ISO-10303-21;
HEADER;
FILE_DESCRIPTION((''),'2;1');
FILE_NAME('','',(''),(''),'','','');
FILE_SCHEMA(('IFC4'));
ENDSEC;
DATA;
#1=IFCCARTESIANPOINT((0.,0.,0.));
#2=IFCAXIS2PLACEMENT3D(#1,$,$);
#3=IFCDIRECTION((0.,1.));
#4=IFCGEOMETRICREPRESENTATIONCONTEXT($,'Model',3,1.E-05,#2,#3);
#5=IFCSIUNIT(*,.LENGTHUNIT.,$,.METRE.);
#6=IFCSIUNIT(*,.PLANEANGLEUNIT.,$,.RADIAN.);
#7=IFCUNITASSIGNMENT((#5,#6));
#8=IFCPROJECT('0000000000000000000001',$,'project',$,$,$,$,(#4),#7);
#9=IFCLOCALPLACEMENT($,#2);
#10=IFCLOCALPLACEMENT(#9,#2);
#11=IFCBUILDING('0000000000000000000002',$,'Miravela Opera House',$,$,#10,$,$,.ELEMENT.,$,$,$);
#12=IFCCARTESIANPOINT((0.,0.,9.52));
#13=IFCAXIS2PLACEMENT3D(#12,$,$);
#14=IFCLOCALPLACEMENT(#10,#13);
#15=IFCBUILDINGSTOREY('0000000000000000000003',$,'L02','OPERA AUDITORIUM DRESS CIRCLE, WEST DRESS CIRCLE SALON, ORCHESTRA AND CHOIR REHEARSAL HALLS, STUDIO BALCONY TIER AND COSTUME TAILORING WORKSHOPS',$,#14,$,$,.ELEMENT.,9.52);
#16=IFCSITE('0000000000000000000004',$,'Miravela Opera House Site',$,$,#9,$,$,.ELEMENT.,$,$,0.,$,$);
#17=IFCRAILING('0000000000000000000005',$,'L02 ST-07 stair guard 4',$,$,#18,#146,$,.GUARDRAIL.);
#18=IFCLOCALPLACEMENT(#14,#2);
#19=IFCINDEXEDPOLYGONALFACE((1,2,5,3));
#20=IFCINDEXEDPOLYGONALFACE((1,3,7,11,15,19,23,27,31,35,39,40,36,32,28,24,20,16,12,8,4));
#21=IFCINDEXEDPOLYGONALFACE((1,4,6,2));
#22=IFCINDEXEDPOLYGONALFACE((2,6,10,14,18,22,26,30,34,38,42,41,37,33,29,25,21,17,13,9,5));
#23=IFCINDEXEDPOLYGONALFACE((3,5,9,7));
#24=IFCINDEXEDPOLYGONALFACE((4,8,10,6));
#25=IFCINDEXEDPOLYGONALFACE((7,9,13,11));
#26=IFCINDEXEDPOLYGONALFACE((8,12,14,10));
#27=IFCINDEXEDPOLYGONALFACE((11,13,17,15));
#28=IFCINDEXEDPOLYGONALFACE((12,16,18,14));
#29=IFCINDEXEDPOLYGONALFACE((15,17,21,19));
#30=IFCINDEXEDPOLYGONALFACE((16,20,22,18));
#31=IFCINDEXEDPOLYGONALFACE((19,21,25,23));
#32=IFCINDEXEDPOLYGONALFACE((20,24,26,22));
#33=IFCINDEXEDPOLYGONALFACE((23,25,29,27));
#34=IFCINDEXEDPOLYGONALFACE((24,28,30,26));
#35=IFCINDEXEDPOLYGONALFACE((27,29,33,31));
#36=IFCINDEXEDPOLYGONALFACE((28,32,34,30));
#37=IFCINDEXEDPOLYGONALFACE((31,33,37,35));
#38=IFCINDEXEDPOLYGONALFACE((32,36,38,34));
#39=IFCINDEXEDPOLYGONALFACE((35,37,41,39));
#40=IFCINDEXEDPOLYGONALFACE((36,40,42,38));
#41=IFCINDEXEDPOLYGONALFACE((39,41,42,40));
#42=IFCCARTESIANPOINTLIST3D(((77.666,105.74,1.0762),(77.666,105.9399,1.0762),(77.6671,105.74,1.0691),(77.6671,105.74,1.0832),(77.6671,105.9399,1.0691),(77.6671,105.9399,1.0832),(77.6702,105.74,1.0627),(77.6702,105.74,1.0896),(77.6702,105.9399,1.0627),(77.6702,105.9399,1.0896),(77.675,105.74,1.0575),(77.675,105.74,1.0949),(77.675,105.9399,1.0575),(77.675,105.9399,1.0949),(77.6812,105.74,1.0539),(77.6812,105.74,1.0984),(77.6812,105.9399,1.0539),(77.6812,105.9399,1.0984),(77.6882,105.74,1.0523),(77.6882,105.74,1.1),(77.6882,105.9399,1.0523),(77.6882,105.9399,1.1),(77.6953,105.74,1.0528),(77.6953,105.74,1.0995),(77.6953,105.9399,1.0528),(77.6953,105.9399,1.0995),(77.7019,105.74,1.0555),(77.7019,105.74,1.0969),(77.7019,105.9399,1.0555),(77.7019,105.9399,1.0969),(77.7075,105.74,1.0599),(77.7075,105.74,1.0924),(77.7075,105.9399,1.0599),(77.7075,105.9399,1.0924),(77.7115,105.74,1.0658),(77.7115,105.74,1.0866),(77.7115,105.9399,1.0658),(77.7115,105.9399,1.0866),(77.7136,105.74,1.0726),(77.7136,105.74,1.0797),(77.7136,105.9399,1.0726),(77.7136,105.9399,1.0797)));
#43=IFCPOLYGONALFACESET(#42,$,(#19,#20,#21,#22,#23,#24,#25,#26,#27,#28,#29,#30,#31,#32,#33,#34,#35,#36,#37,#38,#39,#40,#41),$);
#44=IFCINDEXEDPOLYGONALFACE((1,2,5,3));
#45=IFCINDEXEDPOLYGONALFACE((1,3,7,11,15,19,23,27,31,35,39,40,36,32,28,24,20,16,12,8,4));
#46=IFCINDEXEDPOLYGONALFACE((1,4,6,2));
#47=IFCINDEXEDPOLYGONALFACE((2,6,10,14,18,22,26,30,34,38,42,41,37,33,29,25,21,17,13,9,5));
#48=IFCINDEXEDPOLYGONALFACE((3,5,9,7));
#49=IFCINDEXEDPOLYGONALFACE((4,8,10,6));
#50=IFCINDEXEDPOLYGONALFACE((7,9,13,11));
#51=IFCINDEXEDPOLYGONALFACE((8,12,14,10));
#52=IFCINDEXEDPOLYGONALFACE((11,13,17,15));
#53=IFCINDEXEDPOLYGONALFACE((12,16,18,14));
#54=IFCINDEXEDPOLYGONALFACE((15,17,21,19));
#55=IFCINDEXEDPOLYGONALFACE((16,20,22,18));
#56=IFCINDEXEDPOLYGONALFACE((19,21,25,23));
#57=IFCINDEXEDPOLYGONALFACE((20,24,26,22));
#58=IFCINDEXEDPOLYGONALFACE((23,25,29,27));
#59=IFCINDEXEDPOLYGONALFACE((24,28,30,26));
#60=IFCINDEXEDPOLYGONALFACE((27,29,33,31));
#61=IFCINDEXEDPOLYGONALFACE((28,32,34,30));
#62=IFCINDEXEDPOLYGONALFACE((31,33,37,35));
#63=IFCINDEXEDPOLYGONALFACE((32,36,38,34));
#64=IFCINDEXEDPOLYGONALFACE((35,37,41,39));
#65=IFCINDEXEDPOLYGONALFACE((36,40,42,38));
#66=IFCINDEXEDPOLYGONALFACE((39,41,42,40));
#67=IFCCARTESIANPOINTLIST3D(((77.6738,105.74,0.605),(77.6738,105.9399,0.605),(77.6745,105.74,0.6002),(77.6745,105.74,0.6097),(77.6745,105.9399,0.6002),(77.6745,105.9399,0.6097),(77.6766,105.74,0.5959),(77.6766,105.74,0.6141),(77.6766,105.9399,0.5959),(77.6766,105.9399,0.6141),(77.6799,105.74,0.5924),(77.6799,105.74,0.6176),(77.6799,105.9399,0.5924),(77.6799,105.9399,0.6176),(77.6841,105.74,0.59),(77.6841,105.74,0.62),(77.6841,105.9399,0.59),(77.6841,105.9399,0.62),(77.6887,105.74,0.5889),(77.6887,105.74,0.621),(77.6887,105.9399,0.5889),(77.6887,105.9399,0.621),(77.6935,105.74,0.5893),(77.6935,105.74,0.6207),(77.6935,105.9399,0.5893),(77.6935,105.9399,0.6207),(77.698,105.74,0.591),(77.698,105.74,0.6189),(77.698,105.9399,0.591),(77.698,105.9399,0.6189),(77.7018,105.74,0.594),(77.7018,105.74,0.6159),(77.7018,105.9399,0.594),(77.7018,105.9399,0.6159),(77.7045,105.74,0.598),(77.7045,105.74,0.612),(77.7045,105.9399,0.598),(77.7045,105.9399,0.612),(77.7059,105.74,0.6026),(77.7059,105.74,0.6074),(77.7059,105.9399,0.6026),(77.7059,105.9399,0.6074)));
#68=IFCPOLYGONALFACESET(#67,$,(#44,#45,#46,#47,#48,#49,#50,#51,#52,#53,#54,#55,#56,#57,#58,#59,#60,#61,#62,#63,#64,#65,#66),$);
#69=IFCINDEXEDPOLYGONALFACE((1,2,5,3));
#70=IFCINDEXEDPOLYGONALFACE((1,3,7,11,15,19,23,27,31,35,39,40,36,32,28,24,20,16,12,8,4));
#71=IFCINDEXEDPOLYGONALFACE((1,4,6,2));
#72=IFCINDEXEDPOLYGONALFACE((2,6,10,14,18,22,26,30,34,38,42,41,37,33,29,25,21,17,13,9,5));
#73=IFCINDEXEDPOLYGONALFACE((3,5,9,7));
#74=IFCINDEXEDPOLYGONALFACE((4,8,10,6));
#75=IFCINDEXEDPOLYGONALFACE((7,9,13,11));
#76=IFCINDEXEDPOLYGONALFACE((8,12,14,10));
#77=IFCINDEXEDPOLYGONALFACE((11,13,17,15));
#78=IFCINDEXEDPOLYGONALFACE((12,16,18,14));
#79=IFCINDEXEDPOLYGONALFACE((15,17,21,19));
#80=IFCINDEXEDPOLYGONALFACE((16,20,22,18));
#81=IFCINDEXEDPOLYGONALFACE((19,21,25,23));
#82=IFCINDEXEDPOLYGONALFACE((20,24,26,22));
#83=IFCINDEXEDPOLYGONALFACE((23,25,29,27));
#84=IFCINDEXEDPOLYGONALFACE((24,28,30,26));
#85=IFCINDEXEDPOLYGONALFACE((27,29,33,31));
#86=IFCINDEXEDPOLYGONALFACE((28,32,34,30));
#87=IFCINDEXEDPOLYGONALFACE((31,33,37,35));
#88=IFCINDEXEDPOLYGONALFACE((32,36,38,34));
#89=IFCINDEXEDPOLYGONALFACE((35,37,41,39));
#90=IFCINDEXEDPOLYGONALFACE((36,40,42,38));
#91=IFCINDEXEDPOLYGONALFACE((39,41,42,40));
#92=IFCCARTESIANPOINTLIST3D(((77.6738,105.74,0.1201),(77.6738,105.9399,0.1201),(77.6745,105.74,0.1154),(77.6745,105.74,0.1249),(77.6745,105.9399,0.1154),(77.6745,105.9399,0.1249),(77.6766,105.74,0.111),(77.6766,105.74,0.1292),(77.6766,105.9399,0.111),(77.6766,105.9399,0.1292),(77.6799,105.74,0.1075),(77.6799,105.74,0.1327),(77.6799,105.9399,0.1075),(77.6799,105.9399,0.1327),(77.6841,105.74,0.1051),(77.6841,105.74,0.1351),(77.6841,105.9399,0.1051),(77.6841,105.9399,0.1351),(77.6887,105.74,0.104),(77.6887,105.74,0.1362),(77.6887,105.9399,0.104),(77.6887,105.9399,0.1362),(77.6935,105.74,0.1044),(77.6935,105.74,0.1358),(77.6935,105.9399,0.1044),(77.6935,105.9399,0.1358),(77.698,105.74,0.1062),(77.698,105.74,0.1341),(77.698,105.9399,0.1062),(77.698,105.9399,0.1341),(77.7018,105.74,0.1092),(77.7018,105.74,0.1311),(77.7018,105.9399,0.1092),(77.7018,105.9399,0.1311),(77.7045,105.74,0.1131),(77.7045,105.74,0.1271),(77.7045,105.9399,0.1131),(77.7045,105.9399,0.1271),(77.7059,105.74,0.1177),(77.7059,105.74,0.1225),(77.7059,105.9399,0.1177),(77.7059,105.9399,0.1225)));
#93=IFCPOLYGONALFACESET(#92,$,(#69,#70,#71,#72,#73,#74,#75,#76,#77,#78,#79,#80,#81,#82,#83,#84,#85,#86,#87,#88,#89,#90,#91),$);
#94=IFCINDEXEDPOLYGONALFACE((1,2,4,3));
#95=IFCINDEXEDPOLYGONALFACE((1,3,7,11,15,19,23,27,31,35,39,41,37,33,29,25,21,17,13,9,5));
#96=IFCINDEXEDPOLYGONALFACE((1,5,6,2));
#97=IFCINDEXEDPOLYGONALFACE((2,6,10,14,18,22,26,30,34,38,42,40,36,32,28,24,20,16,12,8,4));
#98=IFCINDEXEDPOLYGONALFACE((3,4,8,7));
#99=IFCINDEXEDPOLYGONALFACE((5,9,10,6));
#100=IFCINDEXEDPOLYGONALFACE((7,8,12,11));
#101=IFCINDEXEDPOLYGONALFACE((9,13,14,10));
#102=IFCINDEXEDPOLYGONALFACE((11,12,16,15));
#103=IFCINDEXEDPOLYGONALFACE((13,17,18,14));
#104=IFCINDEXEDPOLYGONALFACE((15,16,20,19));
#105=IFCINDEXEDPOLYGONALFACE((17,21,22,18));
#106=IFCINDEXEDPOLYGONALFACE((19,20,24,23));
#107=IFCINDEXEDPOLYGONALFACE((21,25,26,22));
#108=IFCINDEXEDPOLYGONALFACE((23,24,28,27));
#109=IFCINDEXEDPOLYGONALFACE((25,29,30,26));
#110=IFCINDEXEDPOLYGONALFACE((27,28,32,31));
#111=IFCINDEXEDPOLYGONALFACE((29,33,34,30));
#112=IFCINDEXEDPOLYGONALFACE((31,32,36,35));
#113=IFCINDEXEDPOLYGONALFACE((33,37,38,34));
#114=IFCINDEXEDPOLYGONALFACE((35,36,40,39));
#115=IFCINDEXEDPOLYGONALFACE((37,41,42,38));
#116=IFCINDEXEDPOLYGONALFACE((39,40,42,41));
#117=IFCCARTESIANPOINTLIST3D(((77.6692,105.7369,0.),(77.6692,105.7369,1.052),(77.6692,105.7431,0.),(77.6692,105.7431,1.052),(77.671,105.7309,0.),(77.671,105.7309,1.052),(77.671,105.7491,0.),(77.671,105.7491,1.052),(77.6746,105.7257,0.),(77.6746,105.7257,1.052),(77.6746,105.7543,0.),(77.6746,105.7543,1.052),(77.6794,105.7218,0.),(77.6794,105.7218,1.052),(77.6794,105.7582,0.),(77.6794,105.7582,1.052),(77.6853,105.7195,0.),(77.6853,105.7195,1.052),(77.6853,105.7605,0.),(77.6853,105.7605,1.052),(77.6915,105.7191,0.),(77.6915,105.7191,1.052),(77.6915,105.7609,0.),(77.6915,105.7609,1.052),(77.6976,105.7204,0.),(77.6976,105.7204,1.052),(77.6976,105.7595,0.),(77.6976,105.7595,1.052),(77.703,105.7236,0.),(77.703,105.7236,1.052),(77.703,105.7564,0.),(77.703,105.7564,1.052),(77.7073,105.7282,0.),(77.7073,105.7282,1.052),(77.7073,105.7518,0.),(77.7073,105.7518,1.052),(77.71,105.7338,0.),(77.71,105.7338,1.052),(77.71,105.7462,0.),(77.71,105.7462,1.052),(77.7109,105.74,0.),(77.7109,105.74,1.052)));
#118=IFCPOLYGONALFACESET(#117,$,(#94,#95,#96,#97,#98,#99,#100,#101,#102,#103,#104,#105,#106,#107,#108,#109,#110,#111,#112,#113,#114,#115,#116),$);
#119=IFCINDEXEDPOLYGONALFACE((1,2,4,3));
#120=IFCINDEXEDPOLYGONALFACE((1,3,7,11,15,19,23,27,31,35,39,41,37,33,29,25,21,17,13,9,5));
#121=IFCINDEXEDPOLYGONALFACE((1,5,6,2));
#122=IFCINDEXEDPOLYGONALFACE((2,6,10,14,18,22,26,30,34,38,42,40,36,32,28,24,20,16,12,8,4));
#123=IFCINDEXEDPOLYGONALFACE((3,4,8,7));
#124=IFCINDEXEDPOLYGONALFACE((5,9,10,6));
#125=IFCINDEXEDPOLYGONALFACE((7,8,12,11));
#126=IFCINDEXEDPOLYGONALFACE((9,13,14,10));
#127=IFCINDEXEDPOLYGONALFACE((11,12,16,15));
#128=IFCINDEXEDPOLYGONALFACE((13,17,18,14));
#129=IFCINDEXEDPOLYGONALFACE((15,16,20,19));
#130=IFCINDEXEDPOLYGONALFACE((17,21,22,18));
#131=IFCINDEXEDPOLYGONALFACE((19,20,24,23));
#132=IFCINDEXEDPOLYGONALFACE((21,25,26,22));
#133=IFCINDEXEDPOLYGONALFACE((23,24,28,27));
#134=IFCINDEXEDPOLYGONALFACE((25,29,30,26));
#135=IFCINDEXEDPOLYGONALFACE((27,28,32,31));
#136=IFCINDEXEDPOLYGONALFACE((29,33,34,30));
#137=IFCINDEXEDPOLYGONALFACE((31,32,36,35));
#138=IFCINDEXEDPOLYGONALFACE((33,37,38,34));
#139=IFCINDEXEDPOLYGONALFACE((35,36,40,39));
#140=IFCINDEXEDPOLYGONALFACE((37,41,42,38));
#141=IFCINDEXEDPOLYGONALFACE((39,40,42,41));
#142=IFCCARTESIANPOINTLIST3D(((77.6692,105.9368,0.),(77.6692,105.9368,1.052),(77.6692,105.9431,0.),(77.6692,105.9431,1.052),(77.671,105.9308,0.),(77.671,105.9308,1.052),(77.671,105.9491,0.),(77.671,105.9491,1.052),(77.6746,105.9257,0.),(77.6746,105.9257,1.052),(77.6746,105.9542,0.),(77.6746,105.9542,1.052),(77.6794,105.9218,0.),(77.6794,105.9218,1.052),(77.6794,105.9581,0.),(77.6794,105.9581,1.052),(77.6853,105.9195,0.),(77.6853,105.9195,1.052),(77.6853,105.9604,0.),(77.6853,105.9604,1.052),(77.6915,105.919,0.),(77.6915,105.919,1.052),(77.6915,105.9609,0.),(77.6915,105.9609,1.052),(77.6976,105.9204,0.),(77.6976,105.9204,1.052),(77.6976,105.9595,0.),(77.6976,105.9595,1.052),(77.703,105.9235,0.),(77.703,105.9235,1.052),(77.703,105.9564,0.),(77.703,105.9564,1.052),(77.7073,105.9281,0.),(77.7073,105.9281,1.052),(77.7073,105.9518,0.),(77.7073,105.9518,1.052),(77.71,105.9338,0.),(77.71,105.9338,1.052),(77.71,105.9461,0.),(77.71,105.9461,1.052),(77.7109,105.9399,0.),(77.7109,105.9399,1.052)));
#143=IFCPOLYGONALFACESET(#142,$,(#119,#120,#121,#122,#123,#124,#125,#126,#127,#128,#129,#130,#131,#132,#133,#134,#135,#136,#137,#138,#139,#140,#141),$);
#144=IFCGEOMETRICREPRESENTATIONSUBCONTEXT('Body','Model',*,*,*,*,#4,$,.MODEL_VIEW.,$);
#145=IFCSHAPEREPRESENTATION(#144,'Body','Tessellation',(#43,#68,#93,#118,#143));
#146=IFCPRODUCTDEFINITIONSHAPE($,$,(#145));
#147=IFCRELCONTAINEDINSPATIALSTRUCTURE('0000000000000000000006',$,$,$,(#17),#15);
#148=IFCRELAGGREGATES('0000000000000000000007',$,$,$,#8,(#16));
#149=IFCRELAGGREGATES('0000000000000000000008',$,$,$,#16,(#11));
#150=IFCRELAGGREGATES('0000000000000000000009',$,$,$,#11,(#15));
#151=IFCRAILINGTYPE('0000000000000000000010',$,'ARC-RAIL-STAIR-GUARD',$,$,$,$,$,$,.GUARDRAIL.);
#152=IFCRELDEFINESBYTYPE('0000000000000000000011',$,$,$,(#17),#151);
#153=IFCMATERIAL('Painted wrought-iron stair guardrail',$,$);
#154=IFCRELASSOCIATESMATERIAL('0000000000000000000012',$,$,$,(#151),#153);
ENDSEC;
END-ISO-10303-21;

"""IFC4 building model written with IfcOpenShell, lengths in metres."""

from ifc_helpers import new_model, si_unit, direction, frame, origin, origin_2d, place, context, subcontext, project, spatial, circle, extrude, material, type_object, element, save


model = new_model("IFC4")

# Units and contexts
model_context = context("Model", 3, precision=1e-05, world=origin(), true_north=direction((0.0, 1.0)))
body_context = subcontext(model_context, "Body", "Model", "MODEL_VIEW")
ifc_project = project(units=[si_unit("LENGTHUNIT", "METRE"), si_unit("PLANEANGLEUNIT", "RADIAN")], contexts=[model_context])

# Site, building, storey
site_placement = place(None, origin())
site = spatial("IfcSite", under=ifc_project, at=site_placement, Name="Miravela Opera House Site", CompositionType="ELEMENT", RefElevation=0.0)
building_placement = place(site_placement, origin())
building = spatial("IfcBuilding", under=site, at=building_placement, Name="Miravela Opera House", CompositionType="ELEMENT")
storey_placement = place(building_placement, frame((0.0, 0.0, 9.52)))
storey = spatial("IfcBuildingStorey", under=building, at=storey_placement, Name="L02", Description="OPERA AUDITORIUM DRESS CIRCLE, WEST DRESS CIRCLE SALON, ORCHESTRA AND CHOIR REHEARSAL HALLS, STUDIO BALCONY TIER AND COSTUME TAILORING WORKSHOPS", CompositionType="ELEMENT", Elevation=9.52)

# Railing
ifc_material_1 = material(Name="Painted wrought-iron stair guardrail")
railing_type_1 = type_object("IfcRailingType", Name="ARC-RAIL-STAIR-GUARD", PredefinedType="GUARDRAIL", material=ifc_material_1)
railing_1_placement = place(storey_placement, frame((77.6899, 105.74, 0.0)))
element("IfcRailing", 1, at=railing_1_placement, inside=storey, type_object=railing_type_1, Name="L02 ST-07 stair guard 4", PredefinedType="GUARDRAIL", context=body_context, shape_type="SweptSolid", body=[
    extrude(circle(Radius=0.0239, at=origin_2d()), frame((0.0, 0.0, 1.0762), z_axis=(0.0, 1.0, 0.0), x_axis=(-1.0, 0.0, 0.0)), (0.0, 0.0, 1.0), 0.2),
    extrude(circle(Radius=0.0161, at=origin_2d()), frame((0.0, 0.0, 0.605), z_axis=(0.0, 1.0, 0.0), x_axis=(-1.0, 0.0, 0.0)), (0.0, 0.0, 1.0), 0.2),
    extrude(circle(Radius=0.0161, at=origin_2d()), frame((0.0, 0.0, 0.1201), z_axis=(0.0, 1.0, 0.0), x_axis=(-1.0, 0.0, 0.0)), (0.0, 0.0, 1.0), 0.2),
    extrude(circle(Radius=0.021, at=origin_2d()), origin(), (0.0, 0.0, 1.0), 1.052),
    extrude(circle(Radius=0.021, at=origin_2d()), frame((0.0, 0.2, 0.0)), (0.0, 0.0, 1.0), 1.052),
])

save(model, "model.ifc")
